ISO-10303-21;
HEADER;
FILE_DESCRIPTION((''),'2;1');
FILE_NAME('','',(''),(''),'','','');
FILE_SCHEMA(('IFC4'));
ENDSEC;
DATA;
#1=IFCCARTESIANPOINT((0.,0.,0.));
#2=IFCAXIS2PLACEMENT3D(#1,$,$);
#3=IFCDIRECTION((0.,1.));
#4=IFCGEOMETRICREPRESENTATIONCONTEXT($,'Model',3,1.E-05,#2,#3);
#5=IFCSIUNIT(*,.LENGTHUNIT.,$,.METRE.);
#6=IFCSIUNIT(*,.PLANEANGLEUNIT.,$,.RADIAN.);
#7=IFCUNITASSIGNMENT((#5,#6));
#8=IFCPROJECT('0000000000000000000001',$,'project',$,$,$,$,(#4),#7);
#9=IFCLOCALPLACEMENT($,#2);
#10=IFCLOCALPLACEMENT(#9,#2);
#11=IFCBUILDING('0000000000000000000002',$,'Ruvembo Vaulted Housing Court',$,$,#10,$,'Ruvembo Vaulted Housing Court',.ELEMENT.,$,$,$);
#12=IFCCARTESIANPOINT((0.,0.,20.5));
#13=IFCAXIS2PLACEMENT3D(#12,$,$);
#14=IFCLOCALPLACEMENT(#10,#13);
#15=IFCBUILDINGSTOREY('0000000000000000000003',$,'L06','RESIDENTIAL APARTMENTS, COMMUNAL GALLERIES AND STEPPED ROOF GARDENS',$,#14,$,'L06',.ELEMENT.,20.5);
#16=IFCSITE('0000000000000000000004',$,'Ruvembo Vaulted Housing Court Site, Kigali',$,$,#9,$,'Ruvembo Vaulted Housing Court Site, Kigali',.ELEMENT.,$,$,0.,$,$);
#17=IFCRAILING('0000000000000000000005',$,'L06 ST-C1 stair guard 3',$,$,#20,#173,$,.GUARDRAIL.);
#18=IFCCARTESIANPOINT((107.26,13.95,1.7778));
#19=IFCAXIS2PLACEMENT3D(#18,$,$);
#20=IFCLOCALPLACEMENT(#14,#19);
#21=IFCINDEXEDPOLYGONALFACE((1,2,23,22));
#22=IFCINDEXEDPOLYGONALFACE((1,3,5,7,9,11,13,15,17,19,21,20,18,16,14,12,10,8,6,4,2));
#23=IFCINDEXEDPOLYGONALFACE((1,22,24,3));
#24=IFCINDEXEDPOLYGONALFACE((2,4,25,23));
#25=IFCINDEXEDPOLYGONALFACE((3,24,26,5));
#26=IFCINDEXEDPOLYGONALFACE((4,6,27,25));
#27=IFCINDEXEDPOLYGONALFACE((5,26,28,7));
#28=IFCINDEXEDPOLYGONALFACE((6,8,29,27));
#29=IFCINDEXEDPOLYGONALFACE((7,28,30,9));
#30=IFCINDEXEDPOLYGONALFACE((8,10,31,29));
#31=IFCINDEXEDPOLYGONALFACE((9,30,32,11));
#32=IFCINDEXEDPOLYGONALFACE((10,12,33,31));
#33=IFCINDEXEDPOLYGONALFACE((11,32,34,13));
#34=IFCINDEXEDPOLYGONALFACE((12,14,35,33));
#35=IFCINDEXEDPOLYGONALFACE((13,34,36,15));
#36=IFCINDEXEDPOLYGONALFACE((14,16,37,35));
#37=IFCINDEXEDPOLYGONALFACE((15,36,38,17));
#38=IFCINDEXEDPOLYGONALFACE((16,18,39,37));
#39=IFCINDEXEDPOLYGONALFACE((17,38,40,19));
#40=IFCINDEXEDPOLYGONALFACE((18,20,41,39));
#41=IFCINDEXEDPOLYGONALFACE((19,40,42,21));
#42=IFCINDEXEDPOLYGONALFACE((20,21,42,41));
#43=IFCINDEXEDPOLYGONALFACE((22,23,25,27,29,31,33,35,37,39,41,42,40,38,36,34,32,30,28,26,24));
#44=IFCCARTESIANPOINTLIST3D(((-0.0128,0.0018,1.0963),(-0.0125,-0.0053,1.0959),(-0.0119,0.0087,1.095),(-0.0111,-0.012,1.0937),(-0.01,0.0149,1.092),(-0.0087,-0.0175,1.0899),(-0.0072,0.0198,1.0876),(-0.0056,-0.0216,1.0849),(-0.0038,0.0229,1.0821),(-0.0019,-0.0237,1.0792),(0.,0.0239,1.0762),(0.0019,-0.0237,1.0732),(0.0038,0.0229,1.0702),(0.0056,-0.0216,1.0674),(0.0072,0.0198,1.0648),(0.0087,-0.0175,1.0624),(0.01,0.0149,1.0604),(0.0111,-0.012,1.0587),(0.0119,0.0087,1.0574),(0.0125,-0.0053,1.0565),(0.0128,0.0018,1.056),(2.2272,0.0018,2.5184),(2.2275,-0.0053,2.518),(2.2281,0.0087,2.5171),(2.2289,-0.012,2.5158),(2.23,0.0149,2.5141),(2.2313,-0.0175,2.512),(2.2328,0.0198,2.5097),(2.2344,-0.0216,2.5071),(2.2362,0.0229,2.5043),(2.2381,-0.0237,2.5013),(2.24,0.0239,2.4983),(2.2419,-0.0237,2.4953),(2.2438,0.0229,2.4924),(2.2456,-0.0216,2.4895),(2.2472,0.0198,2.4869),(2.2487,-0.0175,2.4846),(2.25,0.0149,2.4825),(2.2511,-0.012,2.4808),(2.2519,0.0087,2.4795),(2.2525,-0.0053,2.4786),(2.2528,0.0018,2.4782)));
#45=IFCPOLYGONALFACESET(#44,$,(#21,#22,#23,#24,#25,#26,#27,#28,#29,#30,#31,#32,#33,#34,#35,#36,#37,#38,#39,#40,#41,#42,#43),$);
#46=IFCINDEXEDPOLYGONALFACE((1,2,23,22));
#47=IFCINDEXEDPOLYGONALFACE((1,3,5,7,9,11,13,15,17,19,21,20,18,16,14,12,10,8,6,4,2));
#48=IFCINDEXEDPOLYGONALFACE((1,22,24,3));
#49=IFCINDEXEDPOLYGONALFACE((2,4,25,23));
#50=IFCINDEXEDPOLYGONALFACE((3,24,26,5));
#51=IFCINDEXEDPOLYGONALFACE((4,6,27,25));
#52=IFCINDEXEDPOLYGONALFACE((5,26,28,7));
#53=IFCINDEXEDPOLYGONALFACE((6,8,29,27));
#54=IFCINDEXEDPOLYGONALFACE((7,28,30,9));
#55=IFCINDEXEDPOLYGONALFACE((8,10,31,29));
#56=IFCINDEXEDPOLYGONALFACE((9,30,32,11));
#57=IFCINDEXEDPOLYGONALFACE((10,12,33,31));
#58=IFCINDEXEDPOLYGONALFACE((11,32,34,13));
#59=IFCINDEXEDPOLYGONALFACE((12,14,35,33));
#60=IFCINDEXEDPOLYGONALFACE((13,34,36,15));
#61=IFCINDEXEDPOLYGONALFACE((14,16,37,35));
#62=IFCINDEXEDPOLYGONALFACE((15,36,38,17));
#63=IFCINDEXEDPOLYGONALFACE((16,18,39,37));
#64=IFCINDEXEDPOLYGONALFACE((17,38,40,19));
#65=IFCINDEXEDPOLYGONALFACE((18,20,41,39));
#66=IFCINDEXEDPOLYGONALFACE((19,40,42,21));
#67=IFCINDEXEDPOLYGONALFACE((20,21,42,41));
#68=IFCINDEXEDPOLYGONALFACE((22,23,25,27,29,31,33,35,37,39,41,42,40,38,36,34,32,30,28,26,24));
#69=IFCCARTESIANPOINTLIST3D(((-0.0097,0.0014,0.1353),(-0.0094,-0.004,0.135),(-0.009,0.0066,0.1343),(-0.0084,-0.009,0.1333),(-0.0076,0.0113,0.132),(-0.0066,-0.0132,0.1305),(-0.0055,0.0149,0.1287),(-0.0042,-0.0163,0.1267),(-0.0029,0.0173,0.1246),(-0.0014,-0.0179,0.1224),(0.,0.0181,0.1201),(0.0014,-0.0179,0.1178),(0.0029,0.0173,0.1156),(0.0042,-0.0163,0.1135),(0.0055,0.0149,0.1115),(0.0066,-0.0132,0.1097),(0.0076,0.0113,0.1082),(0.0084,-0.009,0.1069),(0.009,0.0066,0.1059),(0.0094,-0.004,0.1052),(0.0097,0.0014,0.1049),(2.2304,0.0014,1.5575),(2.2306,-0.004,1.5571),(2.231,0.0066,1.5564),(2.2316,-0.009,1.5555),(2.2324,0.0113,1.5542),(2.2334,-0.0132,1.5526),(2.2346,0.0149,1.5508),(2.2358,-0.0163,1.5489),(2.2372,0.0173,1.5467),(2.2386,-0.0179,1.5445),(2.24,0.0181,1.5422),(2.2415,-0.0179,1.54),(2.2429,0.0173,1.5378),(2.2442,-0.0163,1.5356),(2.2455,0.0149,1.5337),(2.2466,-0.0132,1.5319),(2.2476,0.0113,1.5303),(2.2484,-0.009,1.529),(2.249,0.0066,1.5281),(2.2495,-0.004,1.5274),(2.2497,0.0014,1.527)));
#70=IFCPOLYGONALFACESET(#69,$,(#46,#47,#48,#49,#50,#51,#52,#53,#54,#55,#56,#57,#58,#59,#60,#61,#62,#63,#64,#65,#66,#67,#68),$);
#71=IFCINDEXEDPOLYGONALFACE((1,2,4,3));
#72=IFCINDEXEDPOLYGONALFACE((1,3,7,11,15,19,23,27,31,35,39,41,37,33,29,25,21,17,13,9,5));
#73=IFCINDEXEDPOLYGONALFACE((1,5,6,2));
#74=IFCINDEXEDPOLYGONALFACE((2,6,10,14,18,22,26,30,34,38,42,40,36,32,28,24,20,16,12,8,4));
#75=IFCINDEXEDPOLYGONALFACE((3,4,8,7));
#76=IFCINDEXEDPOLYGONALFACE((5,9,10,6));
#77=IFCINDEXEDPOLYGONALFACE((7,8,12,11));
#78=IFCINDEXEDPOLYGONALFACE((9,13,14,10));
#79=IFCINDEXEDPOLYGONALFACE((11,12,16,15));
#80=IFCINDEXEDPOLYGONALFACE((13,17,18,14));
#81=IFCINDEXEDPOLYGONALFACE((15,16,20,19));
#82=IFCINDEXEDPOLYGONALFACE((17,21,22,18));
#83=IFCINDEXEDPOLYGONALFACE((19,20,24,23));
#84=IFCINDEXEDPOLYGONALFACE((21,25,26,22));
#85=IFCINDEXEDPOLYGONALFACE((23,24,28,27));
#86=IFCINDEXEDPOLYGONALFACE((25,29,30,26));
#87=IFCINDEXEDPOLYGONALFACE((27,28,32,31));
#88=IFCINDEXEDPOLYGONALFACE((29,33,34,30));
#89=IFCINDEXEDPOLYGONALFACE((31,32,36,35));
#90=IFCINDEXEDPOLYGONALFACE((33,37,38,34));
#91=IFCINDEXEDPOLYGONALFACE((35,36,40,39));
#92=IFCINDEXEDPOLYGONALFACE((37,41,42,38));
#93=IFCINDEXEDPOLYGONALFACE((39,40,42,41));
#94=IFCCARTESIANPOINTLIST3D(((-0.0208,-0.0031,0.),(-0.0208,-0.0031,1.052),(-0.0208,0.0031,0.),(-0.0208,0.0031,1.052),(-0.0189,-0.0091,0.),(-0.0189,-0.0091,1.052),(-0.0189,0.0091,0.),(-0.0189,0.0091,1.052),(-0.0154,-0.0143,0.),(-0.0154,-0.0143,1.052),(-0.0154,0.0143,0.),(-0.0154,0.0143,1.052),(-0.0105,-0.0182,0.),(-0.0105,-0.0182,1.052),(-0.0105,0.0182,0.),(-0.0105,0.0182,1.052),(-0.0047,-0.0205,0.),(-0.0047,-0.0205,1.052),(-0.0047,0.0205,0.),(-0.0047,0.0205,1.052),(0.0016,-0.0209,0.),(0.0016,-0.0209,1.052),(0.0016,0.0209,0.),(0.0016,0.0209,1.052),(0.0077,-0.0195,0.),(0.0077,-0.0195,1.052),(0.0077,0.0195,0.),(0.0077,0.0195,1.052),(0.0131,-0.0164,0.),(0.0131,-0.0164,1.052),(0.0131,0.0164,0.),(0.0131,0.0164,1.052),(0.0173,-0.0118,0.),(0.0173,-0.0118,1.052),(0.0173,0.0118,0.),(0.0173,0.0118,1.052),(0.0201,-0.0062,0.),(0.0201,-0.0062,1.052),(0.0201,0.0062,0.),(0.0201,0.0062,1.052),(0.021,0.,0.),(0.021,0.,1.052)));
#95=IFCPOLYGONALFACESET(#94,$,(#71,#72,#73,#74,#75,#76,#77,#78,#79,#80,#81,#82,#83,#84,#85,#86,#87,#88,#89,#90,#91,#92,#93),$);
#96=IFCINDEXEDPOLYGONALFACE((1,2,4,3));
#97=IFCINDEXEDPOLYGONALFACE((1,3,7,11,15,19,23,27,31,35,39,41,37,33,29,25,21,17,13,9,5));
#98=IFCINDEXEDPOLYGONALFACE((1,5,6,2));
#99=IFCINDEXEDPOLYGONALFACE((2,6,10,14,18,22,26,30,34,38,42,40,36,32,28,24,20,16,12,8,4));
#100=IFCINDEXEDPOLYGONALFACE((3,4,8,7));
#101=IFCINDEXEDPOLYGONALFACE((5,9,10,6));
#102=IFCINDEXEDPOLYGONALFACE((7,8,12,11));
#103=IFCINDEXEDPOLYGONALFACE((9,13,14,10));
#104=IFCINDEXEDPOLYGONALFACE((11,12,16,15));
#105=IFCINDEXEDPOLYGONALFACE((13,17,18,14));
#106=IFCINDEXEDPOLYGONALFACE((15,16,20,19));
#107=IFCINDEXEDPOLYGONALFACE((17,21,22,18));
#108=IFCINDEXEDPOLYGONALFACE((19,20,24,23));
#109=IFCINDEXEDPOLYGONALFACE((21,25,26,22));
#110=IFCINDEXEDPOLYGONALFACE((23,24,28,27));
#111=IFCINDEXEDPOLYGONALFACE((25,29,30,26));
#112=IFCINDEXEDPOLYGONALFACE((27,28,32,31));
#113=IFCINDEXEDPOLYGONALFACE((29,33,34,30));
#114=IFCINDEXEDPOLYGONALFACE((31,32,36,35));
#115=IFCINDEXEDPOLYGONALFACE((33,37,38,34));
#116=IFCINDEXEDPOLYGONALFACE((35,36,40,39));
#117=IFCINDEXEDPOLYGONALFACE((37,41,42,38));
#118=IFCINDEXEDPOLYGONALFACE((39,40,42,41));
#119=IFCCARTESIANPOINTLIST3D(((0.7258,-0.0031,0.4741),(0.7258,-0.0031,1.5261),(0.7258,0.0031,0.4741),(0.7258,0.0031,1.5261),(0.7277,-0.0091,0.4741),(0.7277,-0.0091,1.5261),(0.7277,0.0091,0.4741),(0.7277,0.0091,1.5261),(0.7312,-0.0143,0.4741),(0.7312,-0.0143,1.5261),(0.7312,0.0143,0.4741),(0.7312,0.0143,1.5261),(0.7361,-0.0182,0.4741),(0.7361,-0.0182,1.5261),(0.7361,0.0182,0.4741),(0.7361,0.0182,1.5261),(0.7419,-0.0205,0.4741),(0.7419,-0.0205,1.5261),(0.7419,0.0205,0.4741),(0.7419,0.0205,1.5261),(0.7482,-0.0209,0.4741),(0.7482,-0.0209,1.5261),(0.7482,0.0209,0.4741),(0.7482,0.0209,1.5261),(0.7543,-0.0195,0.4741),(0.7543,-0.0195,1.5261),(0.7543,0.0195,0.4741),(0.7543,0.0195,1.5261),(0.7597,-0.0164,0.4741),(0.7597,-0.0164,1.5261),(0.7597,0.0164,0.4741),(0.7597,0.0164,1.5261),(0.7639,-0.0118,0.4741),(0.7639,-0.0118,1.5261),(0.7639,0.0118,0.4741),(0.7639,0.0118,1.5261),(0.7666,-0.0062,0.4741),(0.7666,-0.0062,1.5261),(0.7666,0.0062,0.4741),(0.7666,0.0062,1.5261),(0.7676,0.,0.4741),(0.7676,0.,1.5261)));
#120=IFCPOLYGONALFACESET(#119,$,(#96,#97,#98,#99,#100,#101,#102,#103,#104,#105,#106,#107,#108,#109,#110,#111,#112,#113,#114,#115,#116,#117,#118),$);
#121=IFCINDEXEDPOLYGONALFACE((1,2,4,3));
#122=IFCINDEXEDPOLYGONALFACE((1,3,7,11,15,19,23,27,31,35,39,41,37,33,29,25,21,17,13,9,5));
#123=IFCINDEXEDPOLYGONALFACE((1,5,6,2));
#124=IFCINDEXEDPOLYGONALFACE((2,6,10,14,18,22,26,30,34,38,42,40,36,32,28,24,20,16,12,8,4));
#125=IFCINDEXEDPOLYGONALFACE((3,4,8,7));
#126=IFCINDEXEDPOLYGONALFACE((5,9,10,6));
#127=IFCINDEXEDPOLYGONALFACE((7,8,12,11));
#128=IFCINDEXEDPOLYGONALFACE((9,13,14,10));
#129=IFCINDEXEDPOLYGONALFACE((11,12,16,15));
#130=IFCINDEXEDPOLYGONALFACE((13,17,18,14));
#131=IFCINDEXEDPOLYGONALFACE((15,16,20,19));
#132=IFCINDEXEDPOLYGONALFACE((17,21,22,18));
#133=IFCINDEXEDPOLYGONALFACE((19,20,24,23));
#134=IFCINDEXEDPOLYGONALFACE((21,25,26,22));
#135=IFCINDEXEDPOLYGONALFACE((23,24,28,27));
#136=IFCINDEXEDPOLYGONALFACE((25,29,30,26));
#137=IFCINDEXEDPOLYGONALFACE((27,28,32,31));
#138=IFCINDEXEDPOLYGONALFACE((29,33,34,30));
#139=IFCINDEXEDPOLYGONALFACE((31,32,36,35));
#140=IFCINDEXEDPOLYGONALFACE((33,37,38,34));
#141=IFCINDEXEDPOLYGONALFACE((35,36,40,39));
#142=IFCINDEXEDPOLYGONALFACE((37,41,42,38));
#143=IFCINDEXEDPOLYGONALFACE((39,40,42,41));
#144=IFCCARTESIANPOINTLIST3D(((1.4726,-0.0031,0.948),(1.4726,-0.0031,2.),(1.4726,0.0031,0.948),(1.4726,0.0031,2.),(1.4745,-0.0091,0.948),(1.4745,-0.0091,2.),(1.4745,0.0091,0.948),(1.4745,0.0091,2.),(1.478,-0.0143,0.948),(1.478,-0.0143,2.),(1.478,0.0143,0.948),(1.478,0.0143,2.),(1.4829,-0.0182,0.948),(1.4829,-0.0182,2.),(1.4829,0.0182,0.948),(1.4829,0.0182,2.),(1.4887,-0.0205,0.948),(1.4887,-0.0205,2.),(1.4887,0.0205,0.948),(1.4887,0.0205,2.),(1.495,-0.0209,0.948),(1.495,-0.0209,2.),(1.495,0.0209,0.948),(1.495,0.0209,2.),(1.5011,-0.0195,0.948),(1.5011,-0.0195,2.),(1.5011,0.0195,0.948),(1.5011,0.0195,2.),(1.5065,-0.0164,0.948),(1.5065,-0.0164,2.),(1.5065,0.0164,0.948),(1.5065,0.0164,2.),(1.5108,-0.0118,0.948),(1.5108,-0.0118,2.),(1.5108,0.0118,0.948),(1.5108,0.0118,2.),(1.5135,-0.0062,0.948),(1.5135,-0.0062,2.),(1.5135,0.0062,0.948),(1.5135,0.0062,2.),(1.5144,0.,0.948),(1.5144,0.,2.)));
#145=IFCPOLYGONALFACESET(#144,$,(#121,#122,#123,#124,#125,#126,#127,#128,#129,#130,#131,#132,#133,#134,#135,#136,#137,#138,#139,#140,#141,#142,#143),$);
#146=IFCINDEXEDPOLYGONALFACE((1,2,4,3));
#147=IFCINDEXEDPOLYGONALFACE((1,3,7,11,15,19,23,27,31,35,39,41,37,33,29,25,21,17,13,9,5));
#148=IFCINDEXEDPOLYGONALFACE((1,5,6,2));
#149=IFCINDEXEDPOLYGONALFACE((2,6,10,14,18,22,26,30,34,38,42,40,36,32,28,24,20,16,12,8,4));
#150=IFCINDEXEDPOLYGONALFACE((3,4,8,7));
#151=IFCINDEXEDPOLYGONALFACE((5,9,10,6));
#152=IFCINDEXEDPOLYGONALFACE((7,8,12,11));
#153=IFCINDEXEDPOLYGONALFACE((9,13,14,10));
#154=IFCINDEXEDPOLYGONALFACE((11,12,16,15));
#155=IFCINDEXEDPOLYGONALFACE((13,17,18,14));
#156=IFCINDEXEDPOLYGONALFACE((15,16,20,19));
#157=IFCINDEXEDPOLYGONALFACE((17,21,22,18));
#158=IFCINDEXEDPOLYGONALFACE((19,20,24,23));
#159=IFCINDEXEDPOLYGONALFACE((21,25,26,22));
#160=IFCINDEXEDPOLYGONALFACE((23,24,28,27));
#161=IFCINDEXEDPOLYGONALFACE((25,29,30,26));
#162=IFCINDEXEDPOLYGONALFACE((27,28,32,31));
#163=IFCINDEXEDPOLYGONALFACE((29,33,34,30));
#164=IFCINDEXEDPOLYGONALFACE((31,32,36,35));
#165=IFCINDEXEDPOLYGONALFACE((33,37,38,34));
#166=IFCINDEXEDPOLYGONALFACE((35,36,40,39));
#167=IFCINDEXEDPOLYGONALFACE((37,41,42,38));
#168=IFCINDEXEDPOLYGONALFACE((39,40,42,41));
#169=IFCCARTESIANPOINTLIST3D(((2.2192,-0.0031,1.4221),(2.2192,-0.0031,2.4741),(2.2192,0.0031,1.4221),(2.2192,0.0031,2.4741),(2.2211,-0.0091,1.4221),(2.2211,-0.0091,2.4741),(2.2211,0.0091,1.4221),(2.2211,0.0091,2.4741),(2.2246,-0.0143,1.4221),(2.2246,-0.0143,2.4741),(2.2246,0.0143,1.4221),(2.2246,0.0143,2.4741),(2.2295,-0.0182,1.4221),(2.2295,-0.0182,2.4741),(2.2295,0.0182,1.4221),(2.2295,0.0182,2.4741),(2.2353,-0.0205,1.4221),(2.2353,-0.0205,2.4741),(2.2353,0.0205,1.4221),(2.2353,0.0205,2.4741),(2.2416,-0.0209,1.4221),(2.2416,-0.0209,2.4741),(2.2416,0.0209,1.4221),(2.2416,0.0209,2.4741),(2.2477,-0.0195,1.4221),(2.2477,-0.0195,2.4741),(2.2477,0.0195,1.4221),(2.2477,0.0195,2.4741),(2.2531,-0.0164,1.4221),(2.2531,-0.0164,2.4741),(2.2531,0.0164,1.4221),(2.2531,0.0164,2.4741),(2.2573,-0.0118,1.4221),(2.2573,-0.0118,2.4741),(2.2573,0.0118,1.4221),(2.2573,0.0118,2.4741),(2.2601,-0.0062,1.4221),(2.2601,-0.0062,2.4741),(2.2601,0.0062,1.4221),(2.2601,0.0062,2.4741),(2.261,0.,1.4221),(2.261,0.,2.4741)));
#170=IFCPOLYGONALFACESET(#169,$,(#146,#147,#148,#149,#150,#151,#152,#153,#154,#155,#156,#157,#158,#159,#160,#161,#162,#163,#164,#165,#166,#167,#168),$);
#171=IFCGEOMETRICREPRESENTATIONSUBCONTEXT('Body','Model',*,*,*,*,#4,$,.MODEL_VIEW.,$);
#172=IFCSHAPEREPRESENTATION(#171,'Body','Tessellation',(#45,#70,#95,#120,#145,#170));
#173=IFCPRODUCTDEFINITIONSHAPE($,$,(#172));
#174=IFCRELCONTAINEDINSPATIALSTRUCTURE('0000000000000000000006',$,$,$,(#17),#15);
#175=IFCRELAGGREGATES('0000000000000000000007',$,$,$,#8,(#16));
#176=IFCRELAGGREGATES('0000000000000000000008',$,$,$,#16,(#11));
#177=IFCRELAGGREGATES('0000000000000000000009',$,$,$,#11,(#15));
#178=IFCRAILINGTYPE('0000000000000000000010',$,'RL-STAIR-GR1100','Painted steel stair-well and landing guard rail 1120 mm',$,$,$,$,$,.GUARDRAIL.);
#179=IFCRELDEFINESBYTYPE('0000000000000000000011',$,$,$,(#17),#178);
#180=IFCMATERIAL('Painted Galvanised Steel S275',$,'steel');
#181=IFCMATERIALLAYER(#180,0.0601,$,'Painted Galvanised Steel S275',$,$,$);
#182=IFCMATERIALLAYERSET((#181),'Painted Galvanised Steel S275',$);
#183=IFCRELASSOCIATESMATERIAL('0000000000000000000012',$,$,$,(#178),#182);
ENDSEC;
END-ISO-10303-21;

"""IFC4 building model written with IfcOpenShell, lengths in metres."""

from ifc_helpers import new_model, si_unit, direction, frame, origin, origin_2d, place, context, subcontext, project, spatial, circle, extrude, material, layer, layer_set, type_object, element, save


model = new_model("IFC4")

# Units and contexts
model_context = context("Model", 3, precision=1e-05, world=origin(), true_north=direction((0.0, 1.0)))
body_context = subcontext(model_context, "Body", "Model", "MODEL_VIEW")
ifc_project = project(units=[si_unit("LENGTHUNIT", "METRE"), si_unit("PLANEANGLEUNIT", "RADIAN")], contexts=[model_context])

# Site, building, storey
site_placement = place(None, origin())
site = spatial("IfcSite", under=ifc_project, at=site_placement, Name="Ruvembo Vaulted Housing Court Site, Kigali", LongName="Ruvembo Vaulted Housing Court Site, Kigali", CompositionType="ELEMENT", RefElevation=0.0)
building_placement = place(site_placement, origin())
building = spatial("IfcBuilding", under=site, at=building_placement, Name="Ruvembo Vaulted Housing Court", LongName="Ruvembo Vaulted Housing Court", CompositionType="ELEMENT")
storey_placement = place(building_placement, frame((0.0, 0.0, 20.5)))
storey = spatial("IfcBuildingStorey", under=building, at=storey_placement, Name="L06", Description="RESIDENTIAL APARTMENTS, COMMUNAL GALLERIES AND STEPPED ROOF GARDENS", LongName="L06", CompositionType="ELEMENT", Elevation=20.5)

# Railing
ifc_material_1 = material(Name="Painted Galvanised Steel S275", Category="steel")
ifc_layer_1 = layer(ifc_material_1, 0.0601, Name="Painted Galvanised Steel S275")
ifc_layer_set_1 = layer_set([ifc_layer_1], Name="Painted Galvanised Steel S275")
railing_type_1 = type_object("IfcRailingType", Name="RL-STAIR-GR1100", Description="Painted steel stair-well and landing guard rail 1120 mm", PredefinedType="GUARDRAIL", material=ifc_layer_set_1)
railing_1_placement = place(storey_placement, frame((107.26, 13.95, 1.7778)))
element("IfcRailing", 1, at=railing_1_placement, inside=storey, type_object=railing_type_1, Name="L06 ST-C1 stair guard 3", PredefinedType="GUARDRAIL", context=body_context, shape_type="SweptSolid", body=[
    extrude(circle(Radius=0.0239, at=origin_2d()), frame((0.0, 0.0, 1.0762), z_axis=(0.844229, 0.0, 0.535982), x_axis=(0.0, 1.0, 0.0)), (0.0, 0.0, 1.0), 2.6533),
    extrude(circle(Radius=0.0181, at=origin_2d()), frame((0.0, 0.0, 0.1201), z_axis=(0.844229, 0.0, 0.535982), x_axis=(0.0, 1.0, 0.0)), (0.0, 0.0, 1.0), 2.6533),
    extrude(circle(Radius=0.021, at=origin_2d()), origin(), (0.0, 0.0, 1.0), 1.052),
    extrude(circle(Radius=0.021, at=origin_2d()), frame((0.7466, 0.0, 0.4741)), (0.0, 0.0, 1.0), 1.052),
    extrude(circle(Radius=0.021, at=origin_2d()), frame((1.4934, 0.0, 0.948)), (0.0, 0.0, 1.0), 1.052),
    extrude(circle(Radius=0.021, at=origin_2d()), frame((2.24, 0.0, 1.4221)), (0.0, 0.0, 1.0), 1.052),
])

save(model, "model.ifc")
